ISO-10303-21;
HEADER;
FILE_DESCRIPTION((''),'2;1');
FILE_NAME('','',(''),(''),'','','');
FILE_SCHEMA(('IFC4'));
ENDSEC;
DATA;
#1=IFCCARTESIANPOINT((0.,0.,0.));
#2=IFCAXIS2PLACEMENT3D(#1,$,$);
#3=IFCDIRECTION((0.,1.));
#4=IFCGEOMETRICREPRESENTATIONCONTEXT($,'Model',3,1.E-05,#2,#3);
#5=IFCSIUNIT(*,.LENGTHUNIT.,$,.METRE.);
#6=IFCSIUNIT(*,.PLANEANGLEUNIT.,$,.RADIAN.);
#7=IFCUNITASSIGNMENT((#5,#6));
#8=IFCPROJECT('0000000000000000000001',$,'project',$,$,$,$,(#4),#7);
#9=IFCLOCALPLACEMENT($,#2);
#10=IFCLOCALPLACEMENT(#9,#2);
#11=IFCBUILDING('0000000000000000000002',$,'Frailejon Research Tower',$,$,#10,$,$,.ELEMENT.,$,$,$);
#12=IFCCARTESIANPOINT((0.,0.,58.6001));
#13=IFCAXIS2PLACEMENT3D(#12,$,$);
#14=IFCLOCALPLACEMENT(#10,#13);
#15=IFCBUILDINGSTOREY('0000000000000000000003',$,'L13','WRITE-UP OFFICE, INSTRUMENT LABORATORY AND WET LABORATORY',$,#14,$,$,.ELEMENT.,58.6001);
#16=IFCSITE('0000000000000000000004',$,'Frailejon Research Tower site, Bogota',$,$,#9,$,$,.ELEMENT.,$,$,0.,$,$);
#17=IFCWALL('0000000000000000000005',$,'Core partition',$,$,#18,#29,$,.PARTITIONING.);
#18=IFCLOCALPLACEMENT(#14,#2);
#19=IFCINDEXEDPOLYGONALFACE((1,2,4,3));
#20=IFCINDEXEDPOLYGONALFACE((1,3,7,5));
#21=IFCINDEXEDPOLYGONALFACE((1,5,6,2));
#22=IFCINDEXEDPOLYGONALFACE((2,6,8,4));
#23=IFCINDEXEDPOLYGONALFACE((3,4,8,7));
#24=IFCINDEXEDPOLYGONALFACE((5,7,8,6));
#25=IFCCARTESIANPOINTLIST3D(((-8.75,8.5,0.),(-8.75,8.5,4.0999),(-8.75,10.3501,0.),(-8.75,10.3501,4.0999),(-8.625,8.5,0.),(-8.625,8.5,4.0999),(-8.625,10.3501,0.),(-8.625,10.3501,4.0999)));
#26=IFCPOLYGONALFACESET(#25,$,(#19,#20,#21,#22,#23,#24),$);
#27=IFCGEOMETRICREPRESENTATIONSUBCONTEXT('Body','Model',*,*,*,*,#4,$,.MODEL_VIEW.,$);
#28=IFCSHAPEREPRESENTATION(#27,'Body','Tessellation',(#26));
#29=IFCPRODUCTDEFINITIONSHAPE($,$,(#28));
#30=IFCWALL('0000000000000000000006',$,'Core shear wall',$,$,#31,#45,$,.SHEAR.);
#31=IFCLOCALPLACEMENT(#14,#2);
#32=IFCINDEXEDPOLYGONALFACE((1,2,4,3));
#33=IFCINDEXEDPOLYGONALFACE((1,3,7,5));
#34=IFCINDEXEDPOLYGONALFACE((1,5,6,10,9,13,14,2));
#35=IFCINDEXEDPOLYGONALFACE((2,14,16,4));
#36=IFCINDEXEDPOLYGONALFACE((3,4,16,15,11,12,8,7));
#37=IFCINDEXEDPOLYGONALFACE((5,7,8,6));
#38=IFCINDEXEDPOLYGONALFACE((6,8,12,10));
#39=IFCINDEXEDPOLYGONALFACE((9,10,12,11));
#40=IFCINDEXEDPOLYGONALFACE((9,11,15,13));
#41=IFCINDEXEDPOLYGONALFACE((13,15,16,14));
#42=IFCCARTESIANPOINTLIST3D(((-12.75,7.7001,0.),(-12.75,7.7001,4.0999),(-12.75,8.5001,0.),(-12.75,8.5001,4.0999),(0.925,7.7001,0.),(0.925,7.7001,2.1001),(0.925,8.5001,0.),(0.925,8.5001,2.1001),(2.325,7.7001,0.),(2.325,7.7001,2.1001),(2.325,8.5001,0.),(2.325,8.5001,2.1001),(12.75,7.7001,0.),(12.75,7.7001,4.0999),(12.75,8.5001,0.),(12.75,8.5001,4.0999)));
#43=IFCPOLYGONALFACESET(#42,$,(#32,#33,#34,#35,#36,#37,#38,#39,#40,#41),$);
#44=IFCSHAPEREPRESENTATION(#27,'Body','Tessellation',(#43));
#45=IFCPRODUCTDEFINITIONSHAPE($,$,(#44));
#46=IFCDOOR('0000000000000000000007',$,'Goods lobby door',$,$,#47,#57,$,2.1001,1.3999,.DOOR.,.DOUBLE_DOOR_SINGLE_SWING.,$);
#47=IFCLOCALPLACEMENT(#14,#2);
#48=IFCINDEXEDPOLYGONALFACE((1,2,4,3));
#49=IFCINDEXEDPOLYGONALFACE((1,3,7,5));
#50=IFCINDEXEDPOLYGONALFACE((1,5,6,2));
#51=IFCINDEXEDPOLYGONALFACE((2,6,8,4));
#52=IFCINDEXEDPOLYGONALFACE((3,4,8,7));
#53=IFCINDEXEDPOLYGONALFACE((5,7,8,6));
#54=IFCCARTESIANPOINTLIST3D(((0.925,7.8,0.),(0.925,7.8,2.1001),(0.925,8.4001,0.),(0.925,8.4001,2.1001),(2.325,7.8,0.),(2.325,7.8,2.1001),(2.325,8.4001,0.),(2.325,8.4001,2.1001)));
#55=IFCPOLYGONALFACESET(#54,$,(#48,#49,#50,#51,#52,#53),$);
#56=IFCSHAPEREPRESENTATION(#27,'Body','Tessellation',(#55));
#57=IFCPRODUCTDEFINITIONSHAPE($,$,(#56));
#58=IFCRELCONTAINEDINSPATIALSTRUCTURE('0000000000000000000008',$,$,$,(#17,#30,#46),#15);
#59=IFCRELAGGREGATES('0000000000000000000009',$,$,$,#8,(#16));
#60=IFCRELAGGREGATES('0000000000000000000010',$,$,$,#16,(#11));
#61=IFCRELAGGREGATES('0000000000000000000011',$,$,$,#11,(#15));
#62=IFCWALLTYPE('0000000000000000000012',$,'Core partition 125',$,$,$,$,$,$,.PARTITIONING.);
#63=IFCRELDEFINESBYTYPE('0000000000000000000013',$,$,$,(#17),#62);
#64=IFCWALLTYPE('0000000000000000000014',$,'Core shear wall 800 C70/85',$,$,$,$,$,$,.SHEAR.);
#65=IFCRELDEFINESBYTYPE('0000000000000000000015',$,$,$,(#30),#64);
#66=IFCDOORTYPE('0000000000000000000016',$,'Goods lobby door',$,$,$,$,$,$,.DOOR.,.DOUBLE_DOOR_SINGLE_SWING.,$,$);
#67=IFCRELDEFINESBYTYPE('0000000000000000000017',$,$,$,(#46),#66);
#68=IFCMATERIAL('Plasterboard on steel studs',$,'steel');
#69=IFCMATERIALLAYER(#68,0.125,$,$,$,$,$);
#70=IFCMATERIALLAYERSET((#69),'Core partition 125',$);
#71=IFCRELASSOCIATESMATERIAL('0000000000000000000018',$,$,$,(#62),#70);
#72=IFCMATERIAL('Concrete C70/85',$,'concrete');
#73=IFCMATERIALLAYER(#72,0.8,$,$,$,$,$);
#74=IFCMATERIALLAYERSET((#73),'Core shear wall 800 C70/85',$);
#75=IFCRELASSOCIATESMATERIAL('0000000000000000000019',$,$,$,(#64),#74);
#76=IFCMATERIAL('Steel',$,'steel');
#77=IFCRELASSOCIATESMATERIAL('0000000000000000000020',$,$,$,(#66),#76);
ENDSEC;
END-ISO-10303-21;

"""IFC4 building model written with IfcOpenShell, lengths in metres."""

from ifc_helpers import new_model, si_unit, direction, frame, frame_2d, origin, place, context, subcontext, project, spatial, rectangle, extrude, material, layer, layer_set, type_object, element, fill, save


model = new_model("IFC4")

# Units and contexts
model_context = context("Model", 3, precision=1e-05, world=origin(), true_north=direction((0.0, 1.0)))
body_context = subcontext(model_context, "Body", "Model", "MODEL_VIEW")
ifc_project = project(units=[si_unit("LENGTHUNIT", "METRE"), si_unit("PLANEANGLEUNIT", "RADIAN")], contexts=[model_context])

# Site, building, storey
site_placement = place(None, origin())
site = spatial("IfcSite", under=ifc_project, at=site_placement, Name="Frailejon Research Tower site, Bogota", CompositionType="ELEMENT", RefElevation=0.0)
building_placement = place(site_placement, origin())
building = spatial("IfcBuilding", under=site, at=building_placement, Name="Frailejon Research Tower", CompositionType="ELEMENT")
storey_placement = place(building_placement, frame((0.0, 0.0, 58.6001)))
storey = spatial("IfcBuildingStorey", under=building, at=storey_placement, Name="L13", Description="WRITE-UP OFFICE, INSTRUMENT LABORATORY AND WET LABORATORY", CompositionType="ELEMENT", Elevation=58.6001)

# Wall
ifc_material_1 = material(Name="Plasterboard on steel studs", Category="steel")
ifc_layer_1 = layer(ifc_material_1, 0.125)
ifc_layer_set_1 = layer_set([ifc_layer_1], Name="Core partition 125")
wall_type_1 = type_object("IfcWallType", Name="Core partition 125", PredefinedType="PARTITIONING", material=ifc_layer_set_1)
wall_1_placement = place(storey_placement, frame((-8.6875, 8.5, 0.0), z_axis=(0.0, 0.0, 1.0), x_axis=(0.0, 1.0, 0.0)))
element("IfcWall", 1, at=wall_1_placement, inside=storey, type_object=wall_type_1, Name="Core partition", PredefinedType="PARTITIONING", context=body_context, shape_type="SweptSolid", body=[
    extrude(rectangle(XDim=1.8501, YDim=0.125, at=frame_2d((0.925, 0.0))), origin(), (0.0, 0.0, 1.0), 4.0999),
])

# Wall, opening, door
ifc_material_2 = material(Name="Concrete C70/85", Category="concrete")
ifc_layer_2 = layer(ifc_material_2, 0.8)
ifc_layer_set_2 = layer_set([ifc_layer_2], Name="Core shear wall 800 C70/85")
wall_type_2 = type_object("IfcWallType", Name="Core shear wall 800 C70/85", PredefinedType="SHEAR", material=ifc_layer_set_2)
wall_2_placement = place(storey_placement, frame((-12.75, 8.1001, 0.0), z_axis=(0.0, 0.0, 1.0), x_axis=(1.0, 0.0, 0.0)))
wall_2 = element("IfcWall", 2, at=wall_2_placement, inside=storey, type_object=wall_type_2, Name="Core shear wall", PredefinedType="SHEAR", context=body_context, shape_type="SweptSolid", body=[
    extrude(rectangle(XDim=25.5, YDim=0.8, at=frame_2d((12.75, 0.0))), origin(), (0.0, 0.0, 1.0), 4.0999),
])
opening_1_placement = place(wall_2_placement, frame((13.675, 0.0, 0.0)))
opening_1 = element("IfcOpeningElement", 3, at=opening_1_placement, cuts=wall_2, PredefinedType="OPENING", context=body_context, shape_type="SweptSolid", body=[
    extrude(rectangle(XDim=1.3999, YDim=2.1001, at=frame_2d((0.7, 1.05))), frame((0.0, 0.4099, 0.0), z_axis=(0.0, -1.0, 0.0), x_axis=(1.0, 0.0, 0.0)), (0.0, 0.0, 1.0), 0.8201),
])
ifc_material_3 = material(Name="Steel", Category="steel")
door_type_1 = type_object("IfcDoorType", Name="Goods lobby door", OperationType="DOUBLE_DOOR_SINGLE_SWING", PredefinedType="DOOR", material=ifc_material_3)
door_1_placement = place(opening_1_placement, origin())
door_1 = element("IfcDoor", 4, at=door_1_placement, inside=storey, type_object=door_type_1, Name="Goods lobby door", OperationType="DOUBLE_DOOR_SINGLE_SWING", OverallHeight=2.1001, OverallWidth=1.3999, PredefinedType="DOOR", context=body_context, shape_type="SweptSolid", body=[
    extrude(rectangle(XDim=1.3999, YDim=2.1001, at=frame_2d((0.7, 1.05))), frame((0.0, 0.3, 0.0), z_axis=(0.0, -1.0, 0.0), x_axis=(1.0, 0.0, 0.0)), (0.0, 0.0, 1.0), 0.6001),
])
fill(opening_1, door_1)

save(model, "model.ifc")
